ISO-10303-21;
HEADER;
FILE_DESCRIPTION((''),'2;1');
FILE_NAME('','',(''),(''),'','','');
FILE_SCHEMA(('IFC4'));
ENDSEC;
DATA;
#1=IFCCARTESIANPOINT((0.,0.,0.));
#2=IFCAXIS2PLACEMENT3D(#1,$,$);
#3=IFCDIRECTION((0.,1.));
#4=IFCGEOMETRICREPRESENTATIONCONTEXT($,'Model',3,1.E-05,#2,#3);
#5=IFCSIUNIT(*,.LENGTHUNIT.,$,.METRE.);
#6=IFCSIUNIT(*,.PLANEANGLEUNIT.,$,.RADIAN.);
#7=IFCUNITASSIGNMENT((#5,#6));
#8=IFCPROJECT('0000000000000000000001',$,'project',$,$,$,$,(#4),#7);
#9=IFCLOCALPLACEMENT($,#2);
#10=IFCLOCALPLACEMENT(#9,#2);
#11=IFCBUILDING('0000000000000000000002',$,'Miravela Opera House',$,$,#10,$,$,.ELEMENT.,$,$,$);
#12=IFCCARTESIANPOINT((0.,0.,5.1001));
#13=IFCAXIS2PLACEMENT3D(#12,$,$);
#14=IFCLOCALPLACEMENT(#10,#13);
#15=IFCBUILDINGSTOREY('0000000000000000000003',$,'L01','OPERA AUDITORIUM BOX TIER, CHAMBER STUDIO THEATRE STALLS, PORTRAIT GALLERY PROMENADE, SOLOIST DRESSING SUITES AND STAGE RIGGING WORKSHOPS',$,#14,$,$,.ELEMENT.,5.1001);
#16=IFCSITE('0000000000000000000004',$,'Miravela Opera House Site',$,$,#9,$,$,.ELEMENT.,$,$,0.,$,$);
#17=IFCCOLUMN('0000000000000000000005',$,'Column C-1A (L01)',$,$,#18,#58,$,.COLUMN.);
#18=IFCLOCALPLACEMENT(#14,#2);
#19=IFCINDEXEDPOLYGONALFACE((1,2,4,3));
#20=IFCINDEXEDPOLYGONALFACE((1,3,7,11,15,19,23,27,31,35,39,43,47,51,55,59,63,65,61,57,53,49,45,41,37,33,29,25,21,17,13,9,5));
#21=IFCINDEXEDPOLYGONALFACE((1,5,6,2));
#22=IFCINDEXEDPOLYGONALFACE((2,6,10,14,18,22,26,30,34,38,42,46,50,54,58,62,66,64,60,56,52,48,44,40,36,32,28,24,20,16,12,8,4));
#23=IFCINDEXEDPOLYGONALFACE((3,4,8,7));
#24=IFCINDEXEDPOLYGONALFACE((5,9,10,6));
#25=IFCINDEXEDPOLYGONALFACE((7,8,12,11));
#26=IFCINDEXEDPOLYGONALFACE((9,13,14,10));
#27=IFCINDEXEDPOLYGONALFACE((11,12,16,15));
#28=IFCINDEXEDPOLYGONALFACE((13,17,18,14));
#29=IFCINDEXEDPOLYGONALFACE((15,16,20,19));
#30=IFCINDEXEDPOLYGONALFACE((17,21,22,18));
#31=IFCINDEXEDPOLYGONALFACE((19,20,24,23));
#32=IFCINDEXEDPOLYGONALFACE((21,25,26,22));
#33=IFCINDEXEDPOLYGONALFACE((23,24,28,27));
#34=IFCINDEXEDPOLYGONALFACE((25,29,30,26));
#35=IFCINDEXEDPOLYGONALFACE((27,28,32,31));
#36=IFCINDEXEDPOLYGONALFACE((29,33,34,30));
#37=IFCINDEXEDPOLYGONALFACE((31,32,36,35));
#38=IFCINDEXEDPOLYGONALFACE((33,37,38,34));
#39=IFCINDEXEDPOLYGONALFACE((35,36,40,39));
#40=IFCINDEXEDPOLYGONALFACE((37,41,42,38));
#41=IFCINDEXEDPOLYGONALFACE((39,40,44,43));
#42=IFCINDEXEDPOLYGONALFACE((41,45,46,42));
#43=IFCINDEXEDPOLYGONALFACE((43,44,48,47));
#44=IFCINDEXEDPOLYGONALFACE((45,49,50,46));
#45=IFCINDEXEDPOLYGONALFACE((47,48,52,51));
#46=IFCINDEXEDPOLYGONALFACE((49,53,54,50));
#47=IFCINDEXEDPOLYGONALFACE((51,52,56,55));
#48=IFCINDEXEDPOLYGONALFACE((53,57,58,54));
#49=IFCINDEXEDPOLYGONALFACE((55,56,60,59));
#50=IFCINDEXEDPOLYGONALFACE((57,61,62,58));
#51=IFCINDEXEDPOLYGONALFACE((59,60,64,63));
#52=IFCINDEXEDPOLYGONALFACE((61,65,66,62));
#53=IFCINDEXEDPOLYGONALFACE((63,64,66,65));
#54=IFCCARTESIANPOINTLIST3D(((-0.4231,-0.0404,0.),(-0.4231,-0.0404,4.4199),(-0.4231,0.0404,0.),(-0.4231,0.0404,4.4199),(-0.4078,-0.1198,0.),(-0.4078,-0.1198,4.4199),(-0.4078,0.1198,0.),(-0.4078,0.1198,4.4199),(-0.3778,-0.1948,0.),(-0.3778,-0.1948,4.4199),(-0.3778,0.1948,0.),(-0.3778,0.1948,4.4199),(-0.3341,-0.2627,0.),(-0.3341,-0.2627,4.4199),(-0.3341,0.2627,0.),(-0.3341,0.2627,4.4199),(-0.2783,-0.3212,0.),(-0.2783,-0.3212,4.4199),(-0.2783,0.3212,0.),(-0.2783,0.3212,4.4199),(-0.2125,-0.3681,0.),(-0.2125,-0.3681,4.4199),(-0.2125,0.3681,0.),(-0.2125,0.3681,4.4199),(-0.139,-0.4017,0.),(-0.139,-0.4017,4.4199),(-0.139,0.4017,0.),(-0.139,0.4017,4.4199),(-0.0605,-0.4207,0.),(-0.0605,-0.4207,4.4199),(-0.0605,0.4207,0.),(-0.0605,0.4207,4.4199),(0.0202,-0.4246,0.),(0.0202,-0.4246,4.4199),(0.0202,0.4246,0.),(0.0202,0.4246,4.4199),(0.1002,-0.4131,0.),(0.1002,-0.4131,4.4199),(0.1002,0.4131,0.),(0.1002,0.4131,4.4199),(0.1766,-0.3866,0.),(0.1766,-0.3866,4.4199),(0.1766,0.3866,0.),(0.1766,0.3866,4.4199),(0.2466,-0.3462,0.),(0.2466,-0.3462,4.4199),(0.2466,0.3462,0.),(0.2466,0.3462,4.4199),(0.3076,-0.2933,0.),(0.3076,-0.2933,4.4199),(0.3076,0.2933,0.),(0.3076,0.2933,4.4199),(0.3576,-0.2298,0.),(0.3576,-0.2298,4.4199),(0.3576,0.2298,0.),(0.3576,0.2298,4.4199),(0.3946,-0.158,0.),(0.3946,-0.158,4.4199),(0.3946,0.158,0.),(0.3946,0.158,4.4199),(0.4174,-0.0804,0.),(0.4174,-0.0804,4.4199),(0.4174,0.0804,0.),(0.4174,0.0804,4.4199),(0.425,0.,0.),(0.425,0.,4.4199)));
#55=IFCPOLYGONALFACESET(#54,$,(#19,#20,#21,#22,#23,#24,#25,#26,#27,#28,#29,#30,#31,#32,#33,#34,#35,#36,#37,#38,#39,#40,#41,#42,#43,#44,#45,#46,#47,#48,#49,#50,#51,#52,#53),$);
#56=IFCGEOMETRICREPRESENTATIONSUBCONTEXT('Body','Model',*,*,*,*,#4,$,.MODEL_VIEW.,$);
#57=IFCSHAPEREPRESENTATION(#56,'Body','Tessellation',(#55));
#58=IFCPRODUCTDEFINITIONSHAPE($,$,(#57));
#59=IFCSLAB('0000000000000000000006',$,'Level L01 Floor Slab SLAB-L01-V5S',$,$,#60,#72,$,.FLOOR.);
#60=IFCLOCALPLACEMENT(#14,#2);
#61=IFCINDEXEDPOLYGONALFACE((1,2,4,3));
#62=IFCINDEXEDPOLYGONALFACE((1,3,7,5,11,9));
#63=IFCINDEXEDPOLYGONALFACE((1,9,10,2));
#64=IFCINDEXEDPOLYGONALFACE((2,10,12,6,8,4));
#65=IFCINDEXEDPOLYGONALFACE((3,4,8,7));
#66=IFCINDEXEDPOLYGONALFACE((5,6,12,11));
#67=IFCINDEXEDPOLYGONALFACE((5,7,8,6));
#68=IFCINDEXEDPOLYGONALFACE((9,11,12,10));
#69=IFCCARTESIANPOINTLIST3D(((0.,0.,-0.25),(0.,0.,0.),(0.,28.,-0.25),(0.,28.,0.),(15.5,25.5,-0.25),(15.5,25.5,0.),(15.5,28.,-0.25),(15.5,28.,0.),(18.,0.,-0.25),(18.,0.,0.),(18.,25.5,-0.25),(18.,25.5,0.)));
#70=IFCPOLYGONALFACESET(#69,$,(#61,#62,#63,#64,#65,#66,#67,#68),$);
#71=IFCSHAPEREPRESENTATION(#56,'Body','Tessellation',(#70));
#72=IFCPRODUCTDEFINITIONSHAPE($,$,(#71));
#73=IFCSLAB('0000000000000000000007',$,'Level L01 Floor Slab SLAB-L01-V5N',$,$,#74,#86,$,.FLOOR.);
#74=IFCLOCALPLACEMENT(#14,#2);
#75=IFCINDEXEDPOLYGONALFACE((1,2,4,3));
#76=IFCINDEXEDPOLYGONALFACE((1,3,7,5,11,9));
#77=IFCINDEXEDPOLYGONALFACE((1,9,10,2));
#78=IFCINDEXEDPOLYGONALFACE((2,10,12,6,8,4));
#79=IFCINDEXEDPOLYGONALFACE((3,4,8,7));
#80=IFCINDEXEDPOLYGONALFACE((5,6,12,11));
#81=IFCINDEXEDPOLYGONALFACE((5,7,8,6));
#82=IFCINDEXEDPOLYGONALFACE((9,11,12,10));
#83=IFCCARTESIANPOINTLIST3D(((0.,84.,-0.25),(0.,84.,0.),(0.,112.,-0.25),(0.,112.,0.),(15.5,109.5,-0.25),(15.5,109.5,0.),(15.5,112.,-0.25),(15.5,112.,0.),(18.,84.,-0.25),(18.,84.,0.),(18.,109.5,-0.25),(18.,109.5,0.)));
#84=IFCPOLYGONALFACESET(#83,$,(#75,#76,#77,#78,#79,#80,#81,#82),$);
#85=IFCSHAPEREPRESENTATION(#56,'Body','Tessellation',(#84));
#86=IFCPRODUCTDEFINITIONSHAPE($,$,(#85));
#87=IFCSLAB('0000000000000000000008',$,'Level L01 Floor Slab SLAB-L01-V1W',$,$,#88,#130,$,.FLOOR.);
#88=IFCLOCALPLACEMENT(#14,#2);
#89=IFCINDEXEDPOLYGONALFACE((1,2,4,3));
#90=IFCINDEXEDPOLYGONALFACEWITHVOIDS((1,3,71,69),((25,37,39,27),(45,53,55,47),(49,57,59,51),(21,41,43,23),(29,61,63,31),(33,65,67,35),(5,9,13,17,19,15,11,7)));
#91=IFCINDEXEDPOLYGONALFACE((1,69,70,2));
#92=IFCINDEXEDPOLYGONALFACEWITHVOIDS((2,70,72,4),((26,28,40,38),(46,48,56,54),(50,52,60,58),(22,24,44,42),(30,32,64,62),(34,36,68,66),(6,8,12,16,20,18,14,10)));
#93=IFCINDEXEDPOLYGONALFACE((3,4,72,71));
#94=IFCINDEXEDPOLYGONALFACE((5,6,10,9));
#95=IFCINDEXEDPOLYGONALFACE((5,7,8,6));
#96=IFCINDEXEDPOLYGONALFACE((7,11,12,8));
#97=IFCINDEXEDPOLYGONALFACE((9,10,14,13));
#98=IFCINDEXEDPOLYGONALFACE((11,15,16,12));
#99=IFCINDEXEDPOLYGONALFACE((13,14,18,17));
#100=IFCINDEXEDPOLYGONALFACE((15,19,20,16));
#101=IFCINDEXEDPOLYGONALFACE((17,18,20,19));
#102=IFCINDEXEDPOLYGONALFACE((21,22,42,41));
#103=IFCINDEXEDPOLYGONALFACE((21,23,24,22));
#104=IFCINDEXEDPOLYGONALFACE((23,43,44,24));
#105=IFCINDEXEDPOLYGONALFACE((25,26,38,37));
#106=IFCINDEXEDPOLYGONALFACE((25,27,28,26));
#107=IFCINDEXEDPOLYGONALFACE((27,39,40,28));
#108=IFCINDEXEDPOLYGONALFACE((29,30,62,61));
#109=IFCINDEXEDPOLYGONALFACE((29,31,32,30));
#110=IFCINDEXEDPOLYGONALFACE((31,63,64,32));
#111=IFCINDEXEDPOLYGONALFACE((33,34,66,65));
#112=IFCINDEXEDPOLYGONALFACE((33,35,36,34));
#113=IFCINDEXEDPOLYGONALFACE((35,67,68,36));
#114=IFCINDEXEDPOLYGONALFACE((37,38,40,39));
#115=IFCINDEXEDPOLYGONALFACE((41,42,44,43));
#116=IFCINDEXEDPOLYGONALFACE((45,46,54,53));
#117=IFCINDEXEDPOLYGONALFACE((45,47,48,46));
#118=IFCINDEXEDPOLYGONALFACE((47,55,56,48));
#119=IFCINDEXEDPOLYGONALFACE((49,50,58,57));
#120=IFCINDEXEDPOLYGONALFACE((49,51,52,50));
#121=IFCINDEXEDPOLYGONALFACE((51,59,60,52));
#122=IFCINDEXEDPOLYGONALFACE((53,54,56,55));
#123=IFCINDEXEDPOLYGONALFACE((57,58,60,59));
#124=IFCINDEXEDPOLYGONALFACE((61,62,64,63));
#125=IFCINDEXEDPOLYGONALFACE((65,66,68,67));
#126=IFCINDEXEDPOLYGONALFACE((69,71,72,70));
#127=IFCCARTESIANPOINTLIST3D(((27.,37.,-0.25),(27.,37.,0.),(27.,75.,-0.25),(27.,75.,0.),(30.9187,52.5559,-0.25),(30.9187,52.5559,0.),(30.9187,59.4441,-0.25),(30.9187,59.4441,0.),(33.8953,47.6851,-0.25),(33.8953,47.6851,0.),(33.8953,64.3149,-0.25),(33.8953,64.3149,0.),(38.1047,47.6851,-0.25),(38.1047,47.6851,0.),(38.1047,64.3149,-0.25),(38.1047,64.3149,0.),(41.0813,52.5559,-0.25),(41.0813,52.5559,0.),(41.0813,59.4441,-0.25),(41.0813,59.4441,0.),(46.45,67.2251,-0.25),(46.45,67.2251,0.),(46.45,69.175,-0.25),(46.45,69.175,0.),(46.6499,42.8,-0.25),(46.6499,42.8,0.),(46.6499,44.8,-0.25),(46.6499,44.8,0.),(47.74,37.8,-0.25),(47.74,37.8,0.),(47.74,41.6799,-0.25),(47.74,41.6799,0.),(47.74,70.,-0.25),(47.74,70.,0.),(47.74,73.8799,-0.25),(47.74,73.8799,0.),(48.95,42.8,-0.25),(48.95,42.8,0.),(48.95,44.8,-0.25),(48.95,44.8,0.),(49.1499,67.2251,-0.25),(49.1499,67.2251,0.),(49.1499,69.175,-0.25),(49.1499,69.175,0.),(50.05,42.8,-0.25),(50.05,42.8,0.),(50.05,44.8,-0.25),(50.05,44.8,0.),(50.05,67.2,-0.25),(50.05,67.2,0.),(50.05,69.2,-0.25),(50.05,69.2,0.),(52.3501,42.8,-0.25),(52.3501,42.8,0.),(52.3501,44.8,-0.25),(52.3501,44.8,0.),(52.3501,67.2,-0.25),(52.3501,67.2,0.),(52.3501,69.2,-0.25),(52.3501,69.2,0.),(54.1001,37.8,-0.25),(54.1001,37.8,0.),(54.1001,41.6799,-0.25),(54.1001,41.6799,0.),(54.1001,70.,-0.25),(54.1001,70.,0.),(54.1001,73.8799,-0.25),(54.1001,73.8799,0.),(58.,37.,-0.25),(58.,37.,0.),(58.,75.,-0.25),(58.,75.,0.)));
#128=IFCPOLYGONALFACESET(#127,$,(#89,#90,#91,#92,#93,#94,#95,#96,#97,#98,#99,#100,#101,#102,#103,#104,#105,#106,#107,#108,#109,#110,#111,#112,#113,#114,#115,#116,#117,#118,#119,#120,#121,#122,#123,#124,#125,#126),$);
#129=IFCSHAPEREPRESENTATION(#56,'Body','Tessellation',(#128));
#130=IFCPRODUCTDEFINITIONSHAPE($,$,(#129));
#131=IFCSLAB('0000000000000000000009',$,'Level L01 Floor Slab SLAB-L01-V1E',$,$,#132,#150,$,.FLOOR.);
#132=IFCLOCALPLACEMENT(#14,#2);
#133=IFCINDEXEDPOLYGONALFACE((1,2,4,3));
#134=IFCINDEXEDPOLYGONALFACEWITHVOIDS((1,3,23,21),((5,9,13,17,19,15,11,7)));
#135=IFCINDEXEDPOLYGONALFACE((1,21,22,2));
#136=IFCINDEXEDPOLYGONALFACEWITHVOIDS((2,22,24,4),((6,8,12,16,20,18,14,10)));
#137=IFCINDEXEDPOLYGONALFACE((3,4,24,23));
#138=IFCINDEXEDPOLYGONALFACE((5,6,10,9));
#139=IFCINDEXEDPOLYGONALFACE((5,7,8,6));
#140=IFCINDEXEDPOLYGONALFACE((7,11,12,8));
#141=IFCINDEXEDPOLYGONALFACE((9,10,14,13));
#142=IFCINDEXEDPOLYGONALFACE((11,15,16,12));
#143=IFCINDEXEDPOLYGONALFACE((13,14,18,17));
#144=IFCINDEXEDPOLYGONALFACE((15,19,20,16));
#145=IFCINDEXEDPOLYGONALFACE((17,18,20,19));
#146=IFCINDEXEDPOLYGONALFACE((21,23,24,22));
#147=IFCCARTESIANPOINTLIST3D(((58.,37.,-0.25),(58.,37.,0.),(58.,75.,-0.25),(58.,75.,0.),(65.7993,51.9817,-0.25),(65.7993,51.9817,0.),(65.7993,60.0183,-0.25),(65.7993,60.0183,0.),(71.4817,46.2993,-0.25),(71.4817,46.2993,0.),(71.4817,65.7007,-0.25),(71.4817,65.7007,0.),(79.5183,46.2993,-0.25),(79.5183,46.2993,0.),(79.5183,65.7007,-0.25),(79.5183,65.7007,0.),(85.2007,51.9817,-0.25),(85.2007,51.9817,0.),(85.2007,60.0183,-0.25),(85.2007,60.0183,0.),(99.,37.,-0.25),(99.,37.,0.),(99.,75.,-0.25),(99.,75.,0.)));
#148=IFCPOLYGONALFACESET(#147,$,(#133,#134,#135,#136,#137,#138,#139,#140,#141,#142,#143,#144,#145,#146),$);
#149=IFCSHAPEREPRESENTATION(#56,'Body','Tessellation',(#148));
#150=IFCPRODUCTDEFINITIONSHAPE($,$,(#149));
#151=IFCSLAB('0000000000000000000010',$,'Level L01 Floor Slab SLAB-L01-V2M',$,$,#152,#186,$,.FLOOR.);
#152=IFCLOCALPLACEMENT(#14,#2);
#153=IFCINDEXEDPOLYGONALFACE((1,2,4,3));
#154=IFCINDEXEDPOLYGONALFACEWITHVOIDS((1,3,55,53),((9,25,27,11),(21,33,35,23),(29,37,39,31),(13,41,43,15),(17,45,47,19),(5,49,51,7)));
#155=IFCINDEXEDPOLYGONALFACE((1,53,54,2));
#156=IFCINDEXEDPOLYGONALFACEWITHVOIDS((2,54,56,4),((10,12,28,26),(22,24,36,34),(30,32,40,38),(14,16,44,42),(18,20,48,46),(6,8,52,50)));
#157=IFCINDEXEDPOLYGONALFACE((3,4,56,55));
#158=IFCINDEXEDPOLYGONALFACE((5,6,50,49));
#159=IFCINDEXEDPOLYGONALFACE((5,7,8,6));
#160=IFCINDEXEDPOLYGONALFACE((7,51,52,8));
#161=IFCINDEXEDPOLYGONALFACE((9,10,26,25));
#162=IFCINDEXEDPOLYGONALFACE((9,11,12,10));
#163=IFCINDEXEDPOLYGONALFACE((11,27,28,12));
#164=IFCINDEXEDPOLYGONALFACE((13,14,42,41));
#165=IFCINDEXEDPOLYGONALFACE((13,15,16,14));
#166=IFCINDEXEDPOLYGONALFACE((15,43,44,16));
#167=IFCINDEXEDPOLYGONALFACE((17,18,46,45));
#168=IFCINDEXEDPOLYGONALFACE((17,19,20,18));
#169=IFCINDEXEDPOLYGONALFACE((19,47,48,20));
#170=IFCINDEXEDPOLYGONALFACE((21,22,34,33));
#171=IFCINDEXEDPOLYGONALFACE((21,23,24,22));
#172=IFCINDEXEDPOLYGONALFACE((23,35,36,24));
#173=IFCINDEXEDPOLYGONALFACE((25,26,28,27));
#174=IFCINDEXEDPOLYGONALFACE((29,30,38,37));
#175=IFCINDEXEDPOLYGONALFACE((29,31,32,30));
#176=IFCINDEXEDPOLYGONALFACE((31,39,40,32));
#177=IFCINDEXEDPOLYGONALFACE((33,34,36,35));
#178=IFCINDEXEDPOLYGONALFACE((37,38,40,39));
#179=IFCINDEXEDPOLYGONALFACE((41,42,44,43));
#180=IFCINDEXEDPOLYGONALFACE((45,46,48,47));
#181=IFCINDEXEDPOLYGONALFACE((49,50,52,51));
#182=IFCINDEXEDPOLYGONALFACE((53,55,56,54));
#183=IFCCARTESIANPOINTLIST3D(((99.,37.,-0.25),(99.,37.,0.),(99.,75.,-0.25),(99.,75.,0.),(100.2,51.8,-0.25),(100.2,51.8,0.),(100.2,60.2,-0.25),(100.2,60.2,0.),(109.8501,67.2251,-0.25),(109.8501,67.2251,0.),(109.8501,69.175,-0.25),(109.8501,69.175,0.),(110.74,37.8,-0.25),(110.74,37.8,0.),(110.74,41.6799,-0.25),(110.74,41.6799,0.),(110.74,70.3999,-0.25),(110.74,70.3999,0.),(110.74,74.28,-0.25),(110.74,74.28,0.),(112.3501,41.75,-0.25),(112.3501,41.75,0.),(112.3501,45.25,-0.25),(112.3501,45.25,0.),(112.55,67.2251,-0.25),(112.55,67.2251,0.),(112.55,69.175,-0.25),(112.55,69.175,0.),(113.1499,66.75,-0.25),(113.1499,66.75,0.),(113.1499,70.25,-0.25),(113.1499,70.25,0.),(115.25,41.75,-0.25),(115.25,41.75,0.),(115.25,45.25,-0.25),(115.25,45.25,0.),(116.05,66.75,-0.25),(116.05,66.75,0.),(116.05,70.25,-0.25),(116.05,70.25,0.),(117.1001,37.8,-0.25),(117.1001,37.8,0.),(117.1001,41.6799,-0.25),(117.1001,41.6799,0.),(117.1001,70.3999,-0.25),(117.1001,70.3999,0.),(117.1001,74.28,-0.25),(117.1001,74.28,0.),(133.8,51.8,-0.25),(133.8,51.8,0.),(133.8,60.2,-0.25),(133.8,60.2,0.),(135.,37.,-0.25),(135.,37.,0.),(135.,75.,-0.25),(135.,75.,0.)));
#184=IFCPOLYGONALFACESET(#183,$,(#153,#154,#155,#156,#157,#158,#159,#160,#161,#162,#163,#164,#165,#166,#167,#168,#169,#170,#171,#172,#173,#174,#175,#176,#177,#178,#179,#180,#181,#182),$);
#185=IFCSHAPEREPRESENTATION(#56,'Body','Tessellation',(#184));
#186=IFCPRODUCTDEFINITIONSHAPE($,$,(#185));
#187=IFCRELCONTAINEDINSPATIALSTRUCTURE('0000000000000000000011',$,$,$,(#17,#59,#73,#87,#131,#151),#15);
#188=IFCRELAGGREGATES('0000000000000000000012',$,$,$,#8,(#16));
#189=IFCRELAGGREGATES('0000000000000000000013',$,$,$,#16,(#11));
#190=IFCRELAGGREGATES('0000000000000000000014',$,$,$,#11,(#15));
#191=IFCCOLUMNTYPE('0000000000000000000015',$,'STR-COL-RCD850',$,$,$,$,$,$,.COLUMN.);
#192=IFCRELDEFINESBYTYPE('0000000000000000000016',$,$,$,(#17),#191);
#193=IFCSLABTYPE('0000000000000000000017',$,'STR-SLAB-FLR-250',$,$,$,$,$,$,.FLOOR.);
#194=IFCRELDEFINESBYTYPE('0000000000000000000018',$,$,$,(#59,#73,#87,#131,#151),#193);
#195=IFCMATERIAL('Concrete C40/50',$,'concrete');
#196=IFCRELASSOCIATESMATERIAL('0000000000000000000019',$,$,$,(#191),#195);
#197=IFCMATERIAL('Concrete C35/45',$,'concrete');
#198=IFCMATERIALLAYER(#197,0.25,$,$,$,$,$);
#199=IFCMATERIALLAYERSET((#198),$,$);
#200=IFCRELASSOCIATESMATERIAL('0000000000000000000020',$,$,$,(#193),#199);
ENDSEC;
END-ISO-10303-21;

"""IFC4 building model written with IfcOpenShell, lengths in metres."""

from ifc_helpers import new_model, si_unit, direction, frame, origin, origin_with_axes, origin_2d, place, context, subcontext, project, spatial, polyline, circle, outline, extrude, material, layer, layer_set, material_profile, profile_set, type_object, element, save


model = new_model("IFC4")

# Units and contexts
model_context = context("Model", 3, precision=1e-05, world=origin(), true_north=direction((0.0, 1.0)))
body_context = subcontext(model_context, "Body", "Model", "MODEL_VIEW")
ifc_project = project(units=[si_unit("LENGTHUNIT", "METRE"), si_unit("PLANEANGLEUNIT", "RADIAN")], contexts=[model_context])

# Site, building, storey
site_placement = place(None, origin())
site = spatial("IfcSite", under=ifc_project, at=site_placement, Name="Miravela Opera House Site", CompositionType="ELEMENT", RefElevation=0.0)
building_placement = place(site_placement, origin())
building = spatial("IfcBuilding", under=site, at=building_placement, Name="Miravela Opera House", CompositionType="ELEMENT")
storey_placement = place(building_placement, frame((0.0, 0.0, 5.1001)))
storey = spatial("IfcBuildingStorey", under=building, at=storey_placement, Name="L01", Description="OPERA AUDITORIUM BOX TIER, CHAMBER STUDIO THEATRE STALLS, PORTRAIT GALLERY PROMENADE, SOLOIST DRESSING SUITES AND STAGE RIGGING WORKSHOPS", CompositionType="ELEMENT", Elevation=5.1001)

# Column
ifc_material_1 = material(Name="Concrete C40/50", Category="concrete")
ifc_material_profile = material_profile(ifc_material_1, circle(Radius=0.425, at=origin_2d()), Name="RC-COL-D850")
ifc_profile_set = profile_set([ifc_material_profile])
column_type = type_object("IfcColumnType", Name="STR-COL-RCD850", PredefinedType="COLUMN", material=ifc_profile_set)
column_placement = place(storey_placement, origin_with_axes())
element("IfcColumn", 1, at=column_placement, inside=storey, type_object=column_type, Name="Column C-1A (L01)", PredefinedType="COLUMN", context=body_context, shape_type="SweptSolid", body=[
    extrude(circle(Radius=0.425, at=origin_2d()), origin(), (0.0, 0.0, 1.0), 4.4199),
])

# Slabs
ifc_material_2 = material(Name="Concrete C35/45", Category="concrete")
ifc_layer_1 = layer(ifc_material_2, 0.25)
ifc_layer_set_1 = layer_set([ifc_layer_1])
slab_type_1 = type_object("IfcSlabType", Name="STR-SLAB-FLR-250", PredefinedType="FLOOR", material=ifc_layer_set_1)
slab_1_placement = place(storey_placement, frame((0.0, 0.0, -0.25)))
element("IfcSlab", 2, at=slab_1_placement, inside=storey, type_object=slab_type_1, Name="Level L01 Floor Slab SLAB-L01-V5S", PredefinedType="FLOOR", context=body_context, shape_type="SweptSolid", body=[
    extrude(outline(polyline([(0.0, 0.0), (18.0, 0.0), (18.0, 25.5), (15.5, 25.5), (15.5, 28.0), (0.0, 28.0), (0.0, 0.0)])), origin(), (0.0, 0.0, 1.0), 0.25),
])
slab_2_placement = place(storey_placement, frame((0.0, 0.0, -0.25)))
element("IfcSlab", 3, at=slab_2_placement, inside=storey, type_object=slab_type_1, Name="Level L01 Floor Slab SLAB-L01-V5N", PredefinedType="FLOOR", context=body_context, shape_type="SweptSolid", body=[
    extrude(outline(polyline([(0.0, 84.0), (18.0, 84.0), (18.0, 109.5), (15.5, 109.5), (15.5, 112.0), (0.0, 112.0), (0.0, 84.0)])), origin(), (0.0, 0.0, 1.0), 0.25),
])
slab_3_placement = place(storey_placement, frame((0.0, 0.0, -0.25)))
element("IfcSlab", 4, at=slab_3_placement, inside=storey, type_object=slab_type_1, Name="Level L01 Floor Slab SLAB-L01-V1W", PredefinedType="FLOOR", context=body_context, shape_type="SweptSolid", body=[
    extrude(outline(polyline([(27.0, 37.0), (58.0, 37.0), (58.0, 75.0), (27.0, 75.0), (27.0, 37.0)]), holes=[polyline([(47.74, 70.0), (54.1001, 70.0), (54.1001, 73.8799), (47.74, 73.8799), (47.74, 70.0)]), polyline([(47.74, 37.8), (54.1001, 37.8), (54.1001, 41.6799), (47.74, 41.6799), (47.74, 37.8)]), polyline([(46.45, 67.2251), (49.1499, 67.2251), (49.1499, 69.175), (46.45, 69.175), (46.45, 67.2251)]), polyline([(50.05, 67.2), (52.3501, 67.2), (52.3501, 69.2), (50.05, 69.2), (50.05, 67.2)]), polyline([(46.6499, 42.8), (48.95, 42.8), (48.95, 44.8), (46.6499, 44.8), (46.6499, 42.8)]), polyline([(50.05, 42.8), (52.3501, 42.8), (52.3501, 44.8), (50.05, 44.8), (50.05, 42.8)]), polyline([(41.0813, 59.4441), (38.1047, 64.3149), (33.8953, 64.3149), (30.9187, 59.4441), (30.9187, 52.5559), (33.8953, 47.6851), (38.1047, 47.6851), (41.0813, 52.5559), (41.0813, 59.4441)])]), origin(), (0.0, 0.0, 1.0), 0.25),
])
slab_4_placement = place(storey_placement, frame((0.0, 0.0, -0.25)))
element("IfcSlab", 5, at=slab_4_placement, inside=storey, type_object=slab_type_1, Name="Level L01 Floor Slab SLAB-L01-V1E", PredefinedType="FLOOR", context=body_context, shape_type="SweptSolid", body=[
    extrude(outline(polyline([(58.0, 37.0), (99.0, 37.0), (99.0, 75.0), (58.0, 75.0), (58.0, 37.0)]), holes=[polyline([(85.2007, 60.0183), (79.5183, 65.7007), (71.4817, 65.7007), (65.7993, 60.0183), (65.7993, 51.9817), (71.4817, 46.2993), (79.5183, 46.2993), (85.2007, 51.9817), (85.2007, 60.0183)])]), origin(), (0.0, 0.0, 1.0), 0.25),
])
slab_5_placement = place(storey_placement, frame((0.0, 0.0, -0.25)))
element("IfcSlab", 6, at=slab_5_placement, inside=storey, type_object=slab_type_1, Name="Level L01 Floor Slab SLAB-L01-V2M", PredefinedType="FLOOR", context=body_context, shape_type="SweptSolid", body=[
    extrude(outline(polyline([(99.0, 37.0), (135.0, 37.0), (135.0, 75.0), (99.0, 75.0), (99.0, 37.0)]), holes=[polyline([(110.74, 70.3999), (117.1001, 70.3999), (117.1001, 74.28), (110.74, 74.28), (110.74, 70.3999)]), polyline([(110.74, 37.8), (117.1001, 37.8), (117.1001, 41.6799), (110.74, 41.6799), (110.74, 37.8)]), polyline([(109.8501, 67.2251), (112.55, 67.2251), (112.55, 69.175), (109.8501, 69.175), (109.8501, 67.2251)]), polyline([(113.1499, 66.75), (116.05, 66.75), (116.05, 70.25), (113.1499, 70.25), (113.1499, 66.75)]), polyline([(112.3501, 41.75), (115.25, 41.75), (115.25, 45.25), (112.3501, 45.25), (112.3501, 41.75)]), polyline([(100.2, 51.8), (133.8, 51.8), (133.8, 60.2), (100.2, 60.2), (100.2, 51.8)])]), origin(), (0.0, 0.0, 1.0), 0.25),
])

save(model, "model.ifc")
